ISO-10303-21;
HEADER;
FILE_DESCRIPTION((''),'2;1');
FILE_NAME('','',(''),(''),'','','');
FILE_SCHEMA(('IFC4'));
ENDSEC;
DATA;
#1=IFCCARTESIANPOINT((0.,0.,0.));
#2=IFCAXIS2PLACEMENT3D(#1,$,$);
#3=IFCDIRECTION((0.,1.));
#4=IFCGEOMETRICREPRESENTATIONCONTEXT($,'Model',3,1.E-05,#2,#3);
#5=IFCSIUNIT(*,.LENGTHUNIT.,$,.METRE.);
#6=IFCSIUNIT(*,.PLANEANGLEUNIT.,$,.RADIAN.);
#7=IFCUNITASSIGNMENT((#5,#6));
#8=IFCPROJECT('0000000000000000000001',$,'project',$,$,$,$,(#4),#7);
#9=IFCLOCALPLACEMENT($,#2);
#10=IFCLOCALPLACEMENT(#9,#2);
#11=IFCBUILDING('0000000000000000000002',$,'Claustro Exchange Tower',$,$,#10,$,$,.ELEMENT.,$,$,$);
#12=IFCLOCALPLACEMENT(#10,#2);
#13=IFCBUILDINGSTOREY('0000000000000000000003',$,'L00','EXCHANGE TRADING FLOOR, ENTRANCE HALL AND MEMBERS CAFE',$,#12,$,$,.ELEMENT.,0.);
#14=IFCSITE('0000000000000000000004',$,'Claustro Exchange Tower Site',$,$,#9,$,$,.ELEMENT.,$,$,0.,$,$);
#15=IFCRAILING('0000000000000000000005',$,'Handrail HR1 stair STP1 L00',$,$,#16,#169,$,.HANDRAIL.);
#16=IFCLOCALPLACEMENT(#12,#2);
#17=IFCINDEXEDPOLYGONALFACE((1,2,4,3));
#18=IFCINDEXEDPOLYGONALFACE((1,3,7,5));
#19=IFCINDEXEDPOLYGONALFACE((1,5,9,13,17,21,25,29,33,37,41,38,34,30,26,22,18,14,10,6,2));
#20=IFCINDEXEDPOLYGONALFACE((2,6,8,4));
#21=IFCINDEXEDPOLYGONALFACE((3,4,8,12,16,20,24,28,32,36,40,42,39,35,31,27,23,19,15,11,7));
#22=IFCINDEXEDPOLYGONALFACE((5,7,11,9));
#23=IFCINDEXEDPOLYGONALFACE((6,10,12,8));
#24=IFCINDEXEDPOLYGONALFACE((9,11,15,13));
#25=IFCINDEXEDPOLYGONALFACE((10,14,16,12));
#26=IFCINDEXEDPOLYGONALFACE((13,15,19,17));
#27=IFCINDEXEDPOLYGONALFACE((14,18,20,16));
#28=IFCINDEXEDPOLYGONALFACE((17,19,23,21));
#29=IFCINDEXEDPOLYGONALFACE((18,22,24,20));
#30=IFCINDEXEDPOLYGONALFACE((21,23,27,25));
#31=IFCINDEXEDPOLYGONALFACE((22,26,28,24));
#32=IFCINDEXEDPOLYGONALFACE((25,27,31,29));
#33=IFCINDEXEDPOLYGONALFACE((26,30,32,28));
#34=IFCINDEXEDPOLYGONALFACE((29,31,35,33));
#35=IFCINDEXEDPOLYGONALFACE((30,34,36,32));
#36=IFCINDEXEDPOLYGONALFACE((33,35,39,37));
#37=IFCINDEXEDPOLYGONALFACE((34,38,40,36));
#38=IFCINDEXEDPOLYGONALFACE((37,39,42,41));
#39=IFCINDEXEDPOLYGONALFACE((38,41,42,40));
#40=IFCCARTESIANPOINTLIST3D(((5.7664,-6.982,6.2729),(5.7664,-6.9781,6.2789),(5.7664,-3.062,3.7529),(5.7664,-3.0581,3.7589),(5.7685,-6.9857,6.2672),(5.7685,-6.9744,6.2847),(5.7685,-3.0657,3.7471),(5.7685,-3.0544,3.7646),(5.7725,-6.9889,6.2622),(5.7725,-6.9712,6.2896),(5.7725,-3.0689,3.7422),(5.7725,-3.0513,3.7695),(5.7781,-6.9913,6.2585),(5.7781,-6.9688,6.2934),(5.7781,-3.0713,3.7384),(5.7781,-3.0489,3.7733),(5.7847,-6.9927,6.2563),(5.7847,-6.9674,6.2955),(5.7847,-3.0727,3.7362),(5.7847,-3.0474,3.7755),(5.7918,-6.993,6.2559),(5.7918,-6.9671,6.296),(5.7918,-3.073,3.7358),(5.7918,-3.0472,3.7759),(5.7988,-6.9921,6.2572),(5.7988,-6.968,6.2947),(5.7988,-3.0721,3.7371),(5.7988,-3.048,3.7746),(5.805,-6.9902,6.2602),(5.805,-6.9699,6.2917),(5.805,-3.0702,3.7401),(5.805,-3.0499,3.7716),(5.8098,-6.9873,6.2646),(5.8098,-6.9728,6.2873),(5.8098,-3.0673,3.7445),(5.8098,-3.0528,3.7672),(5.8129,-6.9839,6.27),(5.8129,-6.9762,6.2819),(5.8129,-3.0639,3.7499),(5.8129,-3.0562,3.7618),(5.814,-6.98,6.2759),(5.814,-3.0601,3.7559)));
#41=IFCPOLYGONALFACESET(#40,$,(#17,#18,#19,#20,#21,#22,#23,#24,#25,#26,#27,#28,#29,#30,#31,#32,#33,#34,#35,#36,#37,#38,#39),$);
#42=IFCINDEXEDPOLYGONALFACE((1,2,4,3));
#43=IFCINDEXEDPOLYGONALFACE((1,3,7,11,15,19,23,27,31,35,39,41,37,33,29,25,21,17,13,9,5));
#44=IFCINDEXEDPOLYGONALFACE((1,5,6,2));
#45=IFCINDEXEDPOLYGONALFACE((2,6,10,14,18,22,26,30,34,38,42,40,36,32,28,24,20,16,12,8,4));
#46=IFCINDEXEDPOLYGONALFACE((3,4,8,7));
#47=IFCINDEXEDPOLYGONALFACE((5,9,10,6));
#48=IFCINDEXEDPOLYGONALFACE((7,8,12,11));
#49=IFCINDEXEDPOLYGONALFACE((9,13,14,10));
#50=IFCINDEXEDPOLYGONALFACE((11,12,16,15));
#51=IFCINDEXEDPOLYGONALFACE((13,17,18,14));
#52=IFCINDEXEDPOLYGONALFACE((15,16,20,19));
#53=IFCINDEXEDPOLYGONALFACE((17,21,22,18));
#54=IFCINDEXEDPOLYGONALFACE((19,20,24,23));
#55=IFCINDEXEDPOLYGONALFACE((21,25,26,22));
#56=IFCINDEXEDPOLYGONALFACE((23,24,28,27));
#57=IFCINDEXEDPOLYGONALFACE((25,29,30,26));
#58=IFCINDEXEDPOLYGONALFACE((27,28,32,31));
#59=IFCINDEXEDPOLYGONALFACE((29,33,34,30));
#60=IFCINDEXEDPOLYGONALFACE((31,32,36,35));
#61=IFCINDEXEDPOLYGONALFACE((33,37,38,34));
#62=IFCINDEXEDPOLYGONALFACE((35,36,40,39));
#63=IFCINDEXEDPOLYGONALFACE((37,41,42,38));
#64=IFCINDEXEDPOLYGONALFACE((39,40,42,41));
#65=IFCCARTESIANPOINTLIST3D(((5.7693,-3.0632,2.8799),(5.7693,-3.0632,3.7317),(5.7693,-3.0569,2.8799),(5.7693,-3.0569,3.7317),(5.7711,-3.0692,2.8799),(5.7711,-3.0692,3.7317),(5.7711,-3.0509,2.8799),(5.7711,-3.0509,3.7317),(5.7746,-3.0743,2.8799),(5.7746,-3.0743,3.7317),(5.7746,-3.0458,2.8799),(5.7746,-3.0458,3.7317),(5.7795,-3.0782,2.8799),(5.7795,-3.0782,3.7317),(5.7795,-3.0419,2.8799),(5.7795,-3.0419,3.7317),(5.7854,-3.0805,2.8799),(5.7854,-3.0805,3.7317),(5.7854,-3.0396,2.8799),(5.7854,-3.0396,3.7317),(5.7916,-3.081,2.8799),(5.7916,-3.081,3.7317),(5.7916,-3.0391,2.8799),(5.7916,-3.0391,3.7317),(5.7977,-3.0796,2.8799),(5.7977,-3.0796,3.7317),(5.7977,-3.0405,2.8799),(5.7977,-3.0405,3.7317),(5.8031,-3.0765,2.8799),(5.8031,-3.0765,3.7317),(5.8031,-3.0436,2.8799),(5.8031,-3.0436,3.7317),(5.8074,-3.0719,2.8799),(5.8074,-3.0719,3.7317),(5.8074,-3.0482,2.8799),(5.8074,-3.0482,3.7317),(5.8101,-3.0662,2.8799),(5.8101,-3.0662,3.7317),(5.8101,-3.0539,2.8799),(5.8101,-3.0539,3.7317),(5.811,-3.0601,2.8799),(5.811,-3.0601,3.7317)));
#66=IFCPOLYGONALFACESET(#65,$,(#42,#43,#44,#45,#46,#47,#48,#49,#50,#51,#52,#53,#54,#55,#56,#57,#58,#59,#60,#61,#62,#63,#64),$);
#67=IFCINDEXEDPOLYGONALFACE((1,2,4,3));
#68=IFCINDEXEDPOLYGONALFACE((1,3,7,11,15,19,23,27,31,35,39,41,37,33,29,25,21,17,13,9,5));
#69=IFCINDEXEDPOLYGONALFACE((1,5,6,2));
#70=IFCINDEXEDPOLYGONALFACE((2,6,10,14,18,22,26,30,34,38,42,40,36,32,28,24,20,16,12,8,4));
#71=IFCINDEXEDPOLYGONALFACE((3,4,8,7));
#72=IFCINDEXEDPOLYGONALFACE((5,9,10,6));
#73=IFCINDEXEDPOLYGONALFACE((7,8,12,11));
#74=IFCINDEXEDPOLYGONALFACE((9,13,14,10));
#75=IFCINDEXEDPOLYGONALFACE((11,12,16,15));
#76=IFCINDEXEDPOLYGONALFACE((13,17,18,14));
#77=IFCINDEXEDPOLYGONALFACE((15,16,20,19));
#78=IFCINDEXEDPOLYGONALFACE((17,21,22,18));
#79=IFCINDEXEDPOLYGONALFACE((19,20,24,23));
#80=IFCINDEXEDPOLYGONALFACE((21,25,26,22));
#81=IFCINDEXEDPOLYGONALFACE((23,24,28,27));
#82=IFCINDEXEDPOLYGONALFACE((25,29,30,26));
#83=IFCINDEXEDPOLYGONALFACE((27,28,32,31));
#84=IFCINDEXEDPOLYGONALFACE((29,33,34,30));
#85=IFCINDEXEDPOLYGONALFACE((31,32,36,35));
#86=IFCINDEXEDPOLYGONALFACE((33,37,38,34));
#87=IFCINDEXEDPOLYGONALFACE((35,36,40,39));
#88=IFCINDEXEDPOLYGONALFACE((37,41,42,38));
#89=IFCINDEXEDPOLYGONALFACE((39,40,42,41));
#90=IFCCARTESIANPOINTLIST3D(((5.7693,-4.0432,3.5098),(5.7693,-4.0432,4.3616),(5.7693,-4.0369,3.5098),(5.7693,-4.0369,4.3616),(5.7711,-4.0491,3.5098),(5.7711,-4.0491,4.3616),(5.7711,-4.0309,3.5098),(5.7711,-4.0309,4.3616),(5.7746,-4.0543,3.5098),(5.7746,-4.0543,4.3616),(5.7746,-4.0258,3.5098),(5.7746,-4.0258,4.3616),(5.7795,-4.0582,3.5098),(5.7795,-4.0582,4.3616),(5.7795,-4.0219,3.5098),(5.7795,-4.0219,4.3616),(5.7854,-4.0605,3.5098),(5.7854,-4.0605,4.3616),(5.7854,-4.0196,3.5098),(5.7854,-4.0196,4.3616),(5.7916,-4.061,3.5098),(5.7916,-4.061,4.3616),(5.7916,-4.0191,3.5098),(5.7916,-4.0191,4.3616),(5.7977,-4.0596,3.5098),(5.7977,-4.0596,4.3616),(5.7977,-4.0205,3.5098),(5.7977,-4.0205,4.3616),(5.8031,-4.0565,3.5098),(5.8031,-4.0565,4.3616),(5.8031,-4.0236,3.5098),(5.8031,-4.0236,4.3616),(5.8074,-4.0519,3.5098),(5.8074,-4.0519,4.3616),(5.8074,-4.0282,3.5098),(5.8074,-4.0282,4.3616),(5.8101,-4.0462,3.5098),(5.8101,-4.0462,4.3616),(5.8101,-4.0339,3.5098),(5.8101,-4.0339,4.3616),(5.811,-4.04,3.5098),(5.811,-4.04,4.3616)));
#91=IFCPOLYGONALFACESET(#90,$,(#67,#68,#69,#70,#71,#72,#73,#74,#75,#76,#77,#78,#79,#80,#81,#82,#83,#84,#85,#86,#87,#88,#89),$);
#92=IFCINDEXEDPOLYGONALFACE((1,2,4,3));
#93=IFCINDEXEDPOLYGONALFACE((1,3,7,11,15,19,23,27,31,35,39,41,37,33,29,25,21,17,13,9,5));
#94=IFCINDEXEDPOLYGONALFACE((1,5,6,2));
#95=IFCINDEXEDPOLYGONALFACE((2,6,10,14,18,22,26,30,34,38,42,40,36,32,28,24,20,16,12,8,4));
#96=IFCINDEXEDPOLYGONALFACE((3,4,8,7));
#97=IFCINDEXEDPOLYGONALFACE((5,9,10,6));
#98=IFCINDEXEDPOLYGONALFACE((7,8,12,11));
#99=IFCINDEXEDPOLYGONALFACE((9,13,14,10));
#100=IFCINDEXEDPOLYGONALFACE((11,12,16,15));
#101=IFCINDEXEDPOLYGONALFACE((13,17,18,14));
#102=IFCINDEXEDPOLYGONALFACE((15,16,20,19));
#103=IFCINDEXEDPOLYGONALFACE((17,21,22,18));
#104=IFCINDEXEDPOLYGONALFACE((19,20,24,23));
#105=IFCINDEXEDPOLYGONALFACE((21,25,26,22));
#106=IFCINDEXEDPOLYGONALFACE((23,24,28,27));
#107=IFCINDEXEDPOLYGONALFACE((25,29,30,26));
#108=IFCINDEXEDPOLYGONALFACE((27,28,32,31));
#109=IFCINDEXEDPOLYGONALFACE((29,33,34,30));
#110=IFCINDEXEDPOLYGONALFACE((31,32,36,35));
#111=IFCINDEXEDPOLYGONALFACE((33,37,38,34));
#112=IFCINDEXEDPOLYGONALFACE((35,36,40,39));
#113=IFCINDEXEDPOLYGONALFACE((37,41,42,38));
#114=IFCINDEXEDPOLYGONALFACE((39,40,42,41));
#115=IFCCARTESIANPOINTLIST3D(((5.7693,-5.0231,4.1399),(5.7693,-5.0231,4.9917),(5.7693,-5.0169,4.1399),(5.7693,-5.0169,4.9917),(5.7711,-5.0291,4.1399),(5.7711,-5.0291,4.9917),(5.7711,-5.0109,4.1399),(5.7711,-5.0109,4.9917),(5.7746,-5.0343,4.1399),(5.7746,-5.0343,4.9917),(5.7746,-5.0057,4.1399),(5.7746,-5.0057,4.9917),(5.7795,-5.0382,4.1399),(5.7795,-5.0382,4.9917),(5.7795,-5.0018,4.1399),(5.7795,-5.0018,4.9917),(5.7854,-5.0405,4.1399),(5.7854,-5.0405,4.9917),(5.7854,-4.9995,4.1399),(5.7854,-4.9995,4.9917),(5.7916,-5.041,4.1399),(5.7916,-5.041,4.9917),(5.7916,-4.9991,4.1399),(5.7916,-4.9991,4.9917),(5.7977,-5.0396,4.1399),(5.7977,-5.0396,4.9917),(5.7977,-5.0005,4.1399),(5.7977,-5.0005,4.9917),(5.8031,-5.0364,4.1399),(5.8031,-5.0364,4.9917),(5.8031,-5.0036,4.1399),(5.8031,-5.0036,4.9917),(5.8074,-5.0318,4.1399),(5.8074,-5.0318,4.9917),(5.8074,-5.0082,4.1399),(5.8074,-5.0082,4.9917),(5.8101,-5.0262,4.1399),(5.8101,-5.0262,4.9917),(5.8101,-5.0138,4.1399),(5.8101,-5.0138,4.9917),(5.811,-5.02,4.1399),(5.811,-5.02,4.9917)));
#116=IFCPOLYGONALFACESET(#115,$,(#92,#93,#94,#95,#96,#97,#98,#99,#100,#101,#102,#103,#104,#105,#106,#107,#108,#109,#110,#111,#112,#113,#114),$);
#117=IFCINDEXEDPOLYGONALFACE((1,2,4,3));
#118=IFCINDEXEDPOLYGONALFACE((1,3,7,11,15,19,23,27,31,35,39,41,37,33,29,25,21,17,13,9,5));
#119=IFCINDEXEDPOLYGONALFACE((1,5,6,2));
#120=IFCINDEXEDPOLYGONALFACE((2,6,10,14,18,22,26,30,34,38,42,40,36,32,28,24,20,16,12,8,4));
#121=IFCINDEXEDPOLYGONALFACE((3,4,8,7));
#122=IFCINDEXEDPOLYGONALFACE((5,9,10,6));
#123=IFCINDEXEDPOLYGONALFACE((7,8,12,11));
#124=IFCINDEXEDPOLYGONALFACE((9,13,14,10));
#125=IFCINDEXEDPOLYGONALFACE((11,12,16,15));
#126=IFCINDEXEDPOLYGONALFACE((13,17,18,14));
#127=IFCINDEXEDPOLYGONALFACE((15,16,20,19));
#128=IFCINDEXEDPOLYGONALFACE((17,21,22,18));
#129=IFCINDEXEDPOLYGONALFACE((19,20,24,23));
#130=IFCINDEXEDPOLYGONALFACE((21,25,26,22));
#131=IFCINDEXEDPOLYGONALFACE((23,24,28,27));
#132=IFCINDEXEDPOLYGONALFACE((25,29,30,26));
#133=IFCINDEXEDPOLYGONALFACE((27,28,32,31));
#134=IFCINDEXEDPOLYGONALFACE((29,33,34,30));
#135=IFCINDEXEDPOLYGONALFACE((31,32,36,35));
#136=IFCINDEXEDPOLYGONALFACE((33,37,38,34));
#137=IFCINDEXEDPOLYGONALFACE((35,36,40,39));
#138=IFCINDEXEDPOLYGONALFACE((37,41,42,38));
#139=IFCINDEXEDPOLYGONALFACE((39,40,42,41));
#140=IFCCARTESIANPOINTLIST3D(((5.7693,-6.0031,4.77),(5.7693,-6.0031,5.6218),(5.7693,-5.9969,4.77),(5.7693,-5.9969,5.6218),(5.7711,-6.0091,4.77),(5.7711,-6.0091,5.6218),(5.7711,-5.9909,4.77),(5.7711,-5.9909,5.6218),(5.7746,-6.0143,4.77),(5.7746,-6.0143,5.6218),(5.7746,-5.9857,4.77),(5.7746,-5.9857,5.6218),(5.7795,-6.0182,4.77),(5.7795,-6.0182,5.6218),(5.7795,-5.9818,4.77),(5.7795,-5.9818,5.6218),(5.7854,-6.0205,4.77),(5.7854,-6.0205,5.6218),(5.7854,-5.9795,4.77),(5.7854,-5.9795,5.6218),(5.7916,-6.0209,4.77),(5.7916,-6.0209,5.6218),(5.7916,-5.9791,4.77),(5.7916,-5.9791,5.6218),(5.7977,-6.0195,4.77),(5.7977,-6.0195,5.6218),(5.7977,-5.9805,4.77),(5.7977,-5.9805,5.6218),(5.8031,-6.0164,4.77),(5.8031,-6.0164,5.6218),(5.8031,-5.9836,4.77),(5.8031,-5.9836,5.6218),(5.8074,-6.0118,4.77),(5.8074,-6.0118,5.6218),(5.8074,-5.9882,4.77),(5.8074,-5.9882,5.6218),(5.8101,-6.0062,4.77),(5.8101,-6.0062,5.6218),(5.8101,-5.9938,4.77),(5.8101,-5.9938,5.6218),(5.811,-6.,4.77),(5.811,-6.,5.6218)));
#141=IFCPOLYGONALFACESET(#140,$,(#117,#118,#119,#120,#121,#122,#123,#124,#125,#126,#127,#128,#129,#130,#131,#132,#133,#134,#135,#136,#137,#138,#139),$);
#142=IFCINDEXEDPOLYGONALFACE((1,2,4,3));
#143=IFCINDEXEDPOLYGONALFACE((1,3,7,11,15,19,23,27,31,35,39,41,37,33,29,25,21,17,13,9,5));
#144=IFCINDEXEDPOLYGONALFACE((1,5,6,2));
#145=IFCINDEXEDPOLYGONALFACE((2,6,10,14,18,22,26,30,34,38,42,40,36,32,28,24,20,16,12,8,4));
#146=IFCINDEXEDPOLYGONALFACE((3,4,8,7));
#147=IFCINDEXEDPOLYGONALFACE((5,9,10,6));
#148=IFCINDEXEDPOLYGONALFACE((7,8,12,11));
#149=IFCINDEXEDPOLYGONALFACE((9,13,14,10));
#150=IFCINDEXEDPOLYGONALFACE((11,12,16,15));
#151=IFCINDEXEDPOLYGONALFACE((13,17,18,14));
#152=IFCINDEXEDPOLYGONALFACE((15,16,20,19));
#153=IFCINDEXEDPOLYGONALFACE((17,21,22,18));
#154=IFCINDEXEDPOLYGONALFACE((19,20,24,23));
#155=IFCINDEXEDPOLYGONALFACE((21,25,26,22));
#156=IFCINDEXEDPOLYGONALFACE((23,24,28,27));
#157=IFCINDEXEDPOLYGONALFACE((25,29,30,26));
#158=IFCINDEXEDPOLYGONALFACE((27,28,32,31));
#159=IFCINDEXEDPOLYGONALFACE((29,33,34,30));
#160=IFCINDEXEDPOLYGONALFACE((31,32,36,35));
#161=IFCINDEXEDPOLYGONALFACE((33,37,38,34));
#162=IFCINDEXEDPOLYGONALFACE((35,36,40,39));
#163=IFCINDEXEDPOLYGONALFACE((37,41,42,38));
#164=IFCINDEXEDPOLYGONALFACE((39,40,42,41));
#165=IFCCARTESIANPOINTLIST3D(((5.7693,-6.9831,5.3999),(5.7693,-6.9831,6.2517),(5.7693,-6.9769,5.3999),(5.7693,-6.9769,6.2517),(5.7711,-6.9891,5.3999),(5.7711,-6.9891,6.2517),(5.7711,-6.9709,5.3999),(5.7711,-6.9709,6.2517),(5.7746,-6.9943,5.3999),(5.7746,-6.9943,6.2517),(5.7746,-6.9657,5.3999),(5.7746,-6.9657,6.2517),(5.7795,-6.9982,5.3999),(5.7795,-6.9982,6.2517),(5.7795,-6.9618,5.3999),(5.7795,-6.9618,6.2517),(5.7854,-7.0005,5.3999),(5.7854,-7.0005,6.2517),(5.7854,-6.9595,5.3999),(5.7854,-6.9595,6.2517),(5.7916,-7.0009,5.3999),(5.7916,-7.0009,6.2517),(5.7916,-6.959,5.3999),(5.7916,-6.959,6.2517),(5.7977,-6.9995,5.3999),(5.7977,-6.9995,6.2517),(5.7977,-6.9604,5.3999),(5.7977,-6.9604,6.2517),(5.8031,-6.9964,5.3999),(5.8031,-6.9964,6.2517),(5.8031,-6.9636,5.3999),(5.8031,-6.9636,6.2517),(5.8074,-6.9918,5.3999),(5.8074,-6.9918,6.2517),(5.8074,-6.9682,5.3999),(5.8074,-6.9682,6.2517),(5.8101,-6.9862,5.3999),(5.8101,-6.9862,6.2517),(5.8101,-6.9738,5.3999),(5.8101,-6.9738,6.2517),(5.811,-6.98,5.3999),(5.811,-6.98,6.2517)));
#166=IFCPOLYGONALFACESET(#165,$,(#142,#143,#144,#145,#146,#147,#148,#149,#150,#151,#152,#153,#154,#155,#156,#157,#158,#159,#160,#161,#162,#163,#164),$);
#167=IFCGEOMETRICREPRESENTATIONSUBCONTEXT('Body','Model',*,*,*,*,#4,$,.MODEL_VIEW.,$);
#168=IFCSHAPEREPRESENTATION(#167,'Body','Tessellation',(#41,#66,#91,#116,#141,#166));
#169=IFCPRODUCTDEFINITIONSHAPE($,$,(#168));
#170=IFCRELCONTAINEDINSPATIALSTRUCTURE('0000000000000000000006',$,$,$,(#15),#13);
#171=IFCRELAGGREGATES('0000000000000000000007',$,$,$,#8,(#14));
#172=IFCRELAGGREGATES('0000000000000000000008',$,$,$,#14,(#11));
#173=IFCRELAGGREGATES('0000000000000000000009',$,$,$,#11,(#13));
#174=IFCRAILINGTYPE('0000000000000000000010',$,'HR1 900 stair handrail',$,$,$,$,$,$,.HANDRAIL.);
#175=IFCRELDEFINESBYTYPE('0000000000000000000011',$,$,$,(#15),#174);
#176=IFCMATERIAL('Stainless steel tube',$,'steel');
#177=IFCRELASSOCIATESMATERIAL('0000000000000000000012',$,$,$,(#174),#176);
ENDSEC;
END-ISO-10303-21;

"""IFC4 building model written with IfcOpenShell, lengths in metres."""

from ifc_helpers import new_model, si_unit, direction, frame, origin, origin_2d, place, context, subcontext, project, spatial, circle, extrude, material, type_object, element, save


model = new_model("IFC4")

# Units and contexts
model_context = context("Model", 3, precision=1e-05, world=origin(), true_north=direction((0.0, 1.0)))
body_context = subcontext(model_context, "Body", "Model", "MODEL_VIEW")
ifc_project = project(units=[si_unit("LENGTHUNIT", "METRE"), si_unit("PLANEANGLEUNIT", "RADIAN")], contexts=[model_context])

# Site, building, storey
site_placement = place(None, origin())
site = spatial("IfcSite", under=ifc_project, at=site_placement, Name="Claustro Exchange Tower Site", CompositionType="ELEMENT", RefElevation=0.0)
building_placement = place(site_placement, origin())
building = spatial("IfcBuilding", under=site, at=building_placement, Name="Claustro Exchange Tower", CompositionType="ELEMENT")
storey_placement = place(building_placement, origin())
storey = spatial("IfcBuildingStorey", under=building, at=storey_placement, Name="L00", Description="EXCHANGE TRADING FLOOR, ENTRANCE HALL AND MEMBERS CAFE", CompositionType="ELEMENT", Elevation=0.0)

# Railing
ifc_material_1 = material(Name="Stainless steel tube", Category="steel")
railing_type_1 = type_object("IfcRailingType", Name="HR1 900 stair handrail", PredefinedType="HANDRAIL", material=ifc_material_1)
railing_1_placement = place(storey_placement, frame((5.79, -3.0601, 2.8799)))
element("IfcRailing", 1, at=railing_1_placement, inside=storey, type_object=railing_type_1, Name="Handrail HR1 stair STP1 L00", PredefinedType="HANDRAIL", context=body_context, shape_type="SweptSolid", body=[
    extrude(circle(Radius=0.0239, at=origin_2d()), frame((0.0, 0.0, 0.876), z_axis=(0.0, -0.841172, 0.540768), x_axis=(1.0, 0.0, 0.0)), (0.0, 0.0, 1.0), 4.6602),
    extrude(circle(Radius=0.021, at=origin_2d()), origin(), (0.0, 0.0, 1.0), 0.8518),
    extrude(circle(Radius=0.021, at=origin_2d()), frame((0.0, -0.98, 0.6299)), (0.0, 0.0, 1.0), 0.8518),
    extrude(circle(Radius=0.021, at=origin_2d()), frame((0.0, -1.96, 1.26)), (0.0, 0.0, 1.0), 0.8518),
    extrude(circle(Radius=0.021, at=origin_2d()), frame((0.0, -2.9399, 1.8901)), (0.0, 0.0, 1.0), 0.8518),
    extrude(circle(Radius=0.021, at=origin_2d()), frame((0.0, -3.9199, 2.52)), (0.0, 0.0, 1.0), 0.8518),
])

save(model, "model.ifc")
